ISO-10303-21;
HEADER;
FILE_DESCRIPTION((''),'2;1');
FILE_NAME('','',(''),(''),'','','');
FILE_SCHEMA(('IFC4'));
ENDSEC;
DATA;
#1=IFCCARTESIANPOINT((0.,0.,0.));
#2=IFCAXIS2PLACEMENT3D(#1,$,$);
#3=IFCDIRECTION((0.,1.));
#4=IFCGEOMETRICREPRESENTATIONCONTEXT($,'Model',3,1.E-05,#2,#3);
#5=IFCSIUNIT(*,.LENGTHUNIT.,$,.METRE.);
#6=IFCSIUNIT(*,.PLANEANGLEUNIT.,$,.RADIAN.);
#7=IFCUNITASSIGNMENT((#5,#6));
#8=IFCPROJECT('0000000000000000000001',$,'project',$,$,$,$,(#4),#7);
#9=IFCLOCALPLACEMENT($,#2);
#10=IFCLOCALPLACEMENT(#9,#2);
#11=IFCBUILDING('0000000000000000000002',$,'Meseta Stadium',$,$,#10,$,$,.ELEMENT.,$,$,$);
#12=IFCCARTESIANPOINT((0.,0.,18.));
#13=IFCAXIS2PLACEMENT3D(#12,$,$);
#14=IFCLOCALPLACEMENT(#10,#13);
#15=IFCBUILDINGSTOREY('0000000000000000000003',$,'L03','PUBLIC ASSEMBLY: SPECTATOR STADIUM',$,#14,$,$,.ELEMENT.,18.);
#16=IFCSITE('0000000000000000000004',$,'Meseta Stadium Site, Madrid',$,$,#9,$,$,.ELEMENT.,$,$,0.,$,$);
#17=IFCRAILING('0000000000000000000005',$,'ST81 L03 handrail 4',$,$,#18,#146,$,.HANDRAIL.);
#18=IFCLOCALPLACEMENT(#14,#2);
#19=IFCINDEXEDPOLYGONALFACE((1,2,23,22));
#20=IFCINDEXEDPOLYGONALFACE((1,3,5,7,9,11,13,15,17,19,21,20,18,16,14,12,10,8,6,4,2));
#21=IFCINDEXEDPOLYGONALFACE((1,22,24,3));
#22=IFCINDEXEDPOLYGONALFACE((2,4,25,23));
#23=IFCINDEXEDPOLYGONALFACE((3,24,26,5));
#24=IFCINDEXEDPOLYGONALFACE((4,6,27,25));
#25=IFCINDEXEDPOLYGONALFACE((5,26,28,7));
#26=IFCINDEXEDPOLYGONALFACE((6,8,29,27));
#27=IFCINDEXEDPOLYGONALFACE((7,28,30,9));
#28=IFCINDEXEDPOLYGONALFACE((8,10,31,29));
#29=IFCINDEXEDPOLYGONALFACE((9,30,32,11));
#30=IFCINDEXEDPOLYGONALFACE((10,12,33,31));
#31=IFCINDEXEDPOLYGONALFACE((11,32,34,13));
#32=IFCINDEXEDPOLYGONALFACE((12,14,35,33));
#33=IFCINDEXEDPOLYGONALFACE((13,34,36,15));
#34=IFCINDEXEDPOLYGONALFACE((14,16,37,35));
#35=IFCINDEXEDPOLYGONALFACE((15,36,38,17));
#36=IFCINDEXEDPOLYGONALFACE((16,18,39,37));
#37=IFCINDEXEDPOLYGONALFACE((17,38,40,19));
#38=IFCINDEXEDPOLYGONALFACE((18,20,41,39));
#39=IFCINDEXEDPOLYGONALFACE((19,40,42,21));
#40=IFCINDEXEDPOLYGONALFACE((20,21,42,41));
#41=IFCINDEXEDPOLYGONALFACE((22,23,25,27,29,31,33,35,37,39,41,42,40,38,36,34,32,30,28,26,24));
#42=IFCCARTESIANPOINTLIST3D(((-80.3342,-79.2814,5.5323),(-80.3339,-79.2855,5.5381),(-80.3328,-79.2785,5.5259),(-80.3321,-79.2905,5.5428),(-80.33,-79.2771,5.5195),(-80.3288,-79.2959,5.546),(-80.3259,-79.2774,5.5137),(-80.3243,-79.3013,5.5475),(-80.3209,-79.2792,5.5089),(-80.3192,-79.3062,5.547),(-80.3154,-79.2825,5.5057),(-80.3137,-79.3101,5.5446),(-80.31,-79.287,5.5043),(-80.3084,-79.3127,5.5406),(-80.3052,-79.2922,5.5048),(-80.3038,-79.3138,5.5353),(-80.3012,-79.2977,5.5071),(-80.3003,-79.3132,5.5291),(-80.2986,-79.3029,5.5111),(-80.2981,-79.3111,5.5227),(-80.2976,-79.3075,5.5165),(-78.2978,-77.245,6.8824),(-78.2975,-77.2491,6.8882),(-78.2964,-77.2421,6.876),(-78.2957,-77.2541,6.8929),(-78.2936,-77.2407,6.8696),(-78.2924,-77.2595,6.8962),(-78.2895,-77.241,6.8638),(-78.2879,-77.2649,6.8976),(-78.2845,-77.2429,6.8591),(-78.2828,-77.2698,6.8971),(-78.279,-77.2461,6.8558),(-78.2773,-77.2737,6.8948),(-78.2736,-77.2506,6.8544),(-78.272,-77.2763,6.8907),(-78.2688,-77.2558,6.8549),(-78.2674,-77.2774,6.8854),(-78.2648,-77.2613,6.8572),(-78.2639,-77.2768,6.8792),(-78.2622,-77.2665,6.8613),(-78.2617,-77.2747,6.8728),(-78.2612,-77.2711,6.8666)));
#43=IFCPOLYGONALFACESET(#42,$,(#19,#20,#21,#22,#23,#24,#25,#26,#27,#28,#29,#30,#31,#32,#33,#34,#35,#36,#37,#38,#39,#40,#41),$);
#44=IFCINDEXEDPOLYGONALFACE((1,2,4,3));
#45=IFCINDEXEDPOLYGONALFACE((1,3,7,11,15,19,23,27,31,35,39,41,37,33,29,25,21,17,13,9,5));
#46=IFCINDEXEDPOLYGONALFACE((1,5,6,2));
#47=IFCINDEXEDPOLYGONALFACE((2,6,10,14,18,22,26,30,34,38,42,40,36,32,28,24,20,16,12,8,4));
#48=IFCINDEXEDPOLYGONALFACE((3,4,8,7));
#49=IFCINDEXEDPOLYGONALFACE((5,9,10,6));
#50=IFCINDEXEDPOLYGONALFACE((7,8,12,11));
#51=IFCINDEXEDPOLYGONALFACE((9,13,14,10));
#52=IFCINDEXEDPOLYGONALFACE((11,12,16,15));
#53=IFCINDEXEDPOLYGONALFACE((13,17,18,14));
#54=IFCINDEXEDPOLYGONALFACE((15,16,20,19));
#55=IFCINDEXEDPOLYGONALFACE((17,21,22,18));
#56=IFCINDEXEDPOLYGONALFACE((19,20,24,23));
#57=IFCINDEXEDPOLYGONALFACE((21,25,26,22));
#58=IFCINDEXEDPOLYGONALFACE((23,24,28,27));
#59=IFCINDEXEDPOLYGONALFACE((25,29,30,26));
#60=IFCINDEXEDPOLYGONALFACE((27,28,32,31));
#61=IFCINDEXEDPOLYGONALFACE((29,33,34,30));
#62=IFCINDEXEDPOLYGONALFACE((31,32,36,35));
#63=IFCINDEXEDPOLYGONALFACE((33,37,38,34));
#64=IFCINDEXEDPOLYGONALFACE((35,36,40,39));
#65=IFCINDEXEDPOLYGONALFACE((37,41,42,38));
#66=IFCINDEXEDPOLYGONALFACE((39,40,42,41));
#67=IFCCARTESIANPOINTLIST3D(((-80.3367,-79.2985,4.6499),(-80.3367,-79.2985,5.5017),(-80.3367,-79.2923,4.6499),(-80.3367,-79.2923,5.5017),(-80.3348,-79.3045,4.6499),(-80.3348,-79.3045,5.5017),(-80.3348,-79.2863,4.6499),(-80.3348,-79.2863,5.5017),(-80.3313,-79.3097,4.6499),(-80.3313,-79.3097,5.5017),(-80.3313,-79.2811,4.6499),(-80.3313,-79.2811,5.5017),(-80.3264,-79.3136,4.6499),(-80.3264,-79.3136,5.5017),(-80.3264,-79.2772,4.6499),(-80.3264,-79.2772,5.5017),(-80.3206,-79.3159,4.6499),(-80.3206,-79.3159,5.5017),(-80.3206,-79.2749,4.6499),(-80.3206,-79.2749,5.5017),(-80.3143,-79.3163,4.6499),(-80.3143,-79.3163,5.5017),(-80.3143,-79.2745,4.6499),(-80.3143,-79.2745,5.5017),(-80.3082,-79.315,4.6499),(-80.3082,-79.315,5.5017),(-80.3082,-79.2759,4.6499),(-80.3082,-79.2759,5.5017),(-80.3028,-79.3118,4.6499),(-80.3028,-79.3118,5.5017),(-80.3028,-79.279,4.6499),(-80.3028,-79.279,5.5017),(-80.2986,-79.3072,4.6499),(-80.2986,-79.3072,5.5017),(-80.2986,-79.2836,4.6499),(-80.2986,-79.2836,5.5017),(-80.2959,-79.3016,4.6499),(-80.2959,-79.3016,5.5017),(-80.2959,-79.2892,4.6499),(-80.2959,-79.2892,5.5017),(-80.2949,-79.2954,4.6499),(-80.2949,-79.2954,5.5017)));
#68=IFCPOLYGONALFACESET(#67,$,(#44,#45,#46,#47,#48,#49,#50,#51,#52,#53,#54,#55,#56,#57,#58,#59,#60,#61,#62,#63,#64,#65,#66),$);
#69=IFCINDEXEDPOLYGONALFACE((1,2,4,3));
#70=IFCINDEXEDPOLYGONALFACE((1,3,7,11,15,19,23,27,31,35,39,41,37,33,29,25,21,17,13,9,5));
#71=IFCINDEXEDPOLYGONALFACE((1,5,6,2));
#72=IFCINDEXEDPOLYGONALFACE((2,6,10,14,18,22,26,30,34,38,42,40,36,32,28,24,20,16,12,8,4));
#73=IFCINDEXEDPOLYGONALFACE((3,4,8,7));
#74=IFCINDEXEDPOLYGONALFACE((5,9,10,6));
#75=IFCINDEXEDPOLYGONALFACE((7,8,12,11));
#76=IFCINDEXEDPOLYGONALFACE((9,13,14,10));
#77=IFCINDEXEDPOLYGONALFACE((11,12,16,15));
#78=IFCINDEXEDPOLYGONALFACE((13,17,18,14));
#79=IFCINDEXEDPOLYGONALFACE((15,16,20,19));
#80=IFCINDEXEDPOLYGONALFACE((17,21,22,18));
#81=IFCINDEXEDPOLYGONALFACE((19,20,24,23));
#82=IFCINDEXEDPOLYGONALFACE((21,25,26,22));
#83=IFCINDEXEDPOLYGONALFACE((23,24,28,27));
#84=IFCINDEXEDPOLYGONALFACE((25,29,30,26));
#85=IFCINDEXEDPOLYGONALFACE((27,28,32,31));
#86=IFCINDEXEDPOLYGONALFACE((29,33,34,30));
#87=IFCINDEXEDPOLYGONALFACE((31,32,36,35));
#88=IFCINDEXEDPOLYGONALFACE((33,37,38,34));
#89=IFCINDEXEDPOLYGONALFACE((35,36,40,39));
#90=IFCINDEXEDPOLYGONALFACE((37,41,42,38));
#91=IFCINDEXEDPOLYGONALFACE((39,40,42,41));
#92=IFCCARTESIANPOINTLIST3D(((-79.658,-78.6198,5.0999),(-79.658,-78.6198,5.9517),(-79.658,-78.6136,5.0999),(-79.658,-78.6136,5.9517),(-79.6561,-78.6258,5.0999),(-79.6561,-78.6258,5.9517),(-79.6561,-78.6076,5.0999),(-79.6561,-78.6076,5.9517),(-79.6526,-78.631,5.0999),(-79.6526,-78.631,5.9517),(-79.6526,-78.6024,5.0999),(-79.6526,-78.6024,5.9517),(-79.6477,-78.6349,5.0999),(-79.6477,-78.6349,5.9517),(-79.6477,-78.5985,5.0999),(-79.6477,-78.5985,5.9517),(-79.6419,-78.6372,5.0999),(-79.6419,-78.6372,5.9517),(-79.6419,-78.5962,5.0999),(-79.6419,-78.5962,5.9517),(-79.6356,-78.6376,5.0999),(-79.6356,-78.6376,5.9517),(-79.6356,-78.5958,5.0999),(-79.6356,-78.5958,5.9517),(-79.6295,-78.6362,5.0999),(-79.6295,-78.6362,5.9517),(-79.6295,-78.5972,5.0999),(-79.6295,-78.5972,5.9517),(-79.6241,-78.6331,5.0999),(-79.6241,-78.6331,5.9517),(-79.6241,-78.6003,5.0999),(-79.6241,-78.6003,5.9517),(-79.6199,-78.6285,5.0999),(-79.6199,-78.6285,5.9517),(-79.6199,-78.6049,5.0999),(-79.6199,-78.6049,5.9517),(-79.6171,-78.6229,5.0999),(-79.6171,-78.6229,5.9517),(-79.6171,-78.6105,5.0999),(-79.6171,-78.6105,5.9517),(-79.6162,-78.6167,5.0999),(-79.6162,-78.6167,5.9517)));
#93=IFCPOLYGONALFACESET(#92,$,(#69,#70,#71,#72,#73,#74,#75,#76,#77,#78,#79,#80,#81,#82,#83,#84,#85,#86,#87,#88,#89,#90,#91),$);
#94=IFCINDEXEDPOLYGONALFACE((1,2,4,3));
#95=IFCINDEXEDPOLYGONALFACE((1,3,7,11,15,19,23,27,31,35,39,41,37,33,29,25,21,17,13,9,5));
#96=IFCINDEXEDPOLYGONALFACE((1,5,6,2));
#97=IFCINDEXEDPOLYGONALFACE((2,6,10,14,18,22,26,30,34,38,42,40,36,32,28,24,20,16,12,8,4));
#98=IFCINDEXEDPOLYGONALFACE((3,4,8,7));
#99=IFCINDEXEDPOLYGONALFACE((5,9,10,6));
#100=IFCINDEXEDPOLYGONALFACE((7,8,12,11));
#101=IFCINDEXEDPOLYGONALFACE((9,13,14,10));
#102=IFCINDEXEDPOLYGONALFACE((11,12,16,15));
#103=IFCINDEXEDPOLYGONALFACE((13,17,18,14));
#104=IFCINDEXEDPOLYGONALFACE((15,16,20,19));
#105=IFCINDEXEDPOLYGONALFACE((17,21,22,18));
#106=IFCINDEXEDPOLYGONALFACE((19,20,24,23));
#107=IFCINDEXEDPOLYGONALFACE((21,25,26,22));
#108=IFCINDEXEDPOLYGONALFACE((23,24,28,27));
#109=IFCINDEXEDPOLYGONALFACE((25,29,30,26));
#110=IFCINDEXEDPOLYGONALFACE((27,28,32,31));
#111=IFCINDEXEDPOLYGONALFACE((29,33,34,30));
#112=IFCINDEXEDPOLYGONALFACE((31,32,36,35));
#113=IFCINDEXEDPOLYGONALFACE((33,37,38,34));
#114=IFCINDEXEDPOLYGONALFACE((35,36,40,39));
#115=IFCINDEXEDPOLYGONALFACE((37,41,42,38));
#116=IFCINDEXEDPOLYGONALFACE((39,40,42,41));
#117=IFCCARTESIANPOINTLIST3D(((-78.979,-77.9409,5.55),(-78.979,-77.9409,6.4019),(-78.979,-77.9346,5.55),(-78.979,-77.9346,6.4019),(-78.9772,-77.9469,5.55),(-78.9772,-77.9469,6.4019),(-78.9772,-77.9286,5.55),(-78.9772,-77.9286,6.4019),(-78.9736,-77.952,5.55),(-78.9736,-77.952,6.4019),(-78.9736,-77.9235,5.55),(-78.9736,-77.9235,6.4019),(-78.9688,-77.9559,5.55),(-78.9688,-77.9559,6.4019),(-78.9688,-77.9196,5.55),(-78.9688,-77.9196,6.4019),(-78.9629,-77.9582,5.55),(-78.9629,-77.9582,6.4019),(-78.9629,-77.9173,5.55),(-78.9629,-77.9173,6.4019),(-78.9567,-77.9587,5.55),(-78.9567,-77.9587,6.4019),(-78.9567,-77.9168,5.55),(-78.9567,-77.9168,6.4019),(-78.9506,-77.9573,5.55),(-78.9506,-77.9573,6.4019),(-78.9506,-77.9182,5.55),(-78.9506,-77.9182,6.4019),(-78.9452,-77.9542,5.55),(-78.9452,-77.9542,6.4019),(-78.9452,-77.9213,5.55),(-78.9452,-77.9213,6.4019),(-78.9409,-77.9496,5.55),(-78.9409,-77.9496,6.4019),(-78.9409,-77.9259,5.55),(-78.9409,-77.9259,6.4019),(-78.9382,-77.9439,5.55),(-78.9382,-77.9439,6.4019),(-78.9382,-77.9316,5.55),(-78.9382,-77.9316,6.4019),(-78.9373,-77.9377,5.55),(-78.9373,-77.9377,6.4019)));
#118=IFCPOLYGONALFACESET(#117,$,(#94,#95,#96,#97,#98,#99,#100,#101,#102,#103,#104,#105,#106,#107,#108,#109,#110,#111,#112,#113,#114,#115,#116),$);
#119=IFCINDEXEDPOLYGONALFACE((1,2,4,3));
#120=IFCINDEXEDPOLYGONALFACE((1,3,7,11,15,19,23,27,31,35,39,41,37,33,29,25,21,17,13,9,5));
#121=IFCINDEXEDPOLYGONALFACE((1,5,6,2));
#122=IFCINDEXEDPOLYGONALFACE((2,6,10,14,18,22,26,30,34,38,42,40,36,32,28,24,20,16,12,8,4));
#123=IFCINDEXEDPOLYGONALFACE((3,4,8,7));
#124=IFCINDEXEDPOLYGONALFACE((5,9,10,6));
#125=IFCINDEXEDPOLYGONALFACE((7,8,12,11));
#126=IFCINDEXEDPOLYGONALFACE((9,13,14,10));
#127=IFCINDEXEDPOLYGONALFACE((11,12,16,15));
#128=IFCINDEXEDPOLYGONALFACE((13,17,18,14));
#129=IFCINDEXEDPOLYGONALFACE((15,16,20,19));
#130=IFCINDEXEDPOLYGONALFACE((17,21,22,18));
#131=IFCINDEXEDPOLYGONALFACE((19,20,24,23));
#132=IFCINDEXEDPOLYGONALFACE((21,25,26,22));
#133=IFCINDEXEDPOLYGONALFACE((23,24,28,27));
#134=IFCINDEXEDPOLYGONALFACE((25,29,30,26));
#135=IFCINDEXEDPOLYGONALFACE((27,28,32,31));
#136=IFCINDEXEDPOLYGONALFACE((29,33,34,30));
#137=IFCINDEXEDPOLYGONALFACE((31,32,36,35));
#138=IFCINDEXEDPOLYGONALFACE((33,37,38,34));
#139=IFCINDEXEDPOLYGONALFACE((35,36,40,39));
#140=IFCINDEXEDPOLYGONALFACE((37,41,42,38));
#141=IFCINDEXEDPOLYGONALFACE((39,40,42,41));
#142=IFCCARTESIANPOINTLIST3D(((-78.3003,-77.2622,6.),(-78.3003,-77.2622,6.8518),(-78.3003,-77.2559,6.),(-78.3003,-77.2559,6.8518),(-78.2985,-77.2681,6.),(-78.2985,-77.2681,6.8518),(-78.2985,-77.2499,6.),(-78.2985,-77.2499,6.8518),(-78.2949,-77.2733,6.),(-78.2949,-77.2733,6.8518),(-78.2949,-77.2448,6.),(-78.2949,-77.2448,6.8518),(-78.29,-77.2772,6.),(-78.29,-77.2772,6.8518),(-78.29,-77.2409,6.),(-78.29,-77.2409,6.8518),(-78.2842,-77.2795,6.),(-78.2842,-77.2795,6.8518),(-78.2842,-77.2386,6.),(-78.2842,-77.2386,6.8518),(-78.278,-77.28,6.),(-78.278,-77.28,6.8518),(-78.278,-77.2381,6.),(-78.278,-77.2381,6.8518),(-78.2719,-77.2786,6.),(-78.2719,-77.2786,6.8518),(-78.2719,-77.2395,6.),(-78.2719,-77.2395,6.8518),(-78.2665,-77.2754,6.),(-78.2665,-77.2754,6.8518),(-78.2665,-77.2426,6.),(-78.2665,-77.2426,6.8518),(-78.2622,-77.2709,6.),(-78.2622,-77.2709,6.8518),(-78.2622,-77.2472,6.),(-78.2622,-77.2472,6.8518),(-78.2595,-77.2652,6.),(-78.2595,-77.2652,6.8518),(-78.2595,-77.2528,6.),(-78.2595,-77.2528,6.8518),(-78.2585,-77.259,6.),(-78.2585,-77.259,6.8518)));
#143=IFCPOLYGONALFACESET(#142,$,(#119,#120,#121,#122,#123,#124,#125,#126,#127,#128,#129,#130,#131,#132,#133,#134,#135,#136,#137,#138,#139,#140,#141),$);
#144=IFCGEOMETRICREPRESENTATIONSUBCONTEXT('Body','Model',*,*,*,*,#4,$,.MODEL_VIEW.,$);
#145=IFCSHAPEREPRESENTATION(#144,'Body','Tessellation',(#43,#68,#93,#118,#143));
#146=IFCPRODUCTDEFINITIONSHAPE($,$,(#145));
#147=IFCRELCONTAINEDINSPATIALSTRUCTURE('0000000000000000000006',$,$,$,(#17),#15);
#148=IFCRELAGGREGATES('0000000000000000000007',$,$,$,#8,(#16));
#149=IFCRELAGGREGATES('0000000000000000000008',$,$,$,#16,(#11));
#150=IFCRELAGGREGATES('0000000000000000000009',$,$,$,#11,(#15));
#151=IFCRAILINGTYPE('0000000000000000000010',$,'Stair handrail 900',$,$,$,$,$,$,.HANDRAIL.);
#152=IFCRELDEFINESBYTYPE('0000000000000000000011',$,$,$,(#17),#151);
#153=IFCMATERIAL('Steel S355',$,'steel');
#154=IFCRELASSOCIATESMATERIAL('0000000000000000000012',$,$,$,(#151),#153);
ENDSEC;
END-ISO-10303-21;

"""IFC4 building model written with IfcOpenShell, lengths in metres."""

from ifc_helpers import new_model, si_unit, direction, frame, origin, origin_2d, place, context, subcontext, project, spatial, circle, extrude, material, type_object, element, save


model = new_model("IFC4")

# Units and contexts
model_context = context("Model", 3, precision=1e-05, world=origin(), true_north=direction((0.0, 1.0)))
body_context = subcontext(model_context, "Body", "Model", "MODEL_VIEW")
ifc_project = project(units=[si_unit("LENGTHUNIT", "METRE"), si_unit("PLANEANGLEUNIT", "RADIAN")], contexts=[model_context])

# Site, building, storey
site_placement = place(None, origin())
site = spatial("IfcSite", under=ifc_project, at=site_placement, Name="Meseta Stadium Site, Madrid", CompositionType="ELEMENT", RefElevation=0.0)
building_placement = place(site_placement, origin())
building = spatial("IfcBuilding", under=site, at=building_placement, Name="Meseta Stadium", CompositionType="ELEMENT")
storey_placement = place(building_placement, frame((0.0, 0.0, 18.0)))
storey = spatial("IfcBuildingStorey", under=building, at=storey_placement, Name="L03", Description="PUBLIC ASSEMBLY: SPECTATOR STADIUM", CompositionType="ELEMENT", Elevation=18.0)

# Railing
ifc_material_1 = material(Name="Steel S355", Category="steel")
railing_type_1 = type_object("IfcRailingType", Name="Stair handrail 900", PredefinedType="HANDRAIL", material=ifc_material_1)
for number, where, name in (
    (1, (-80.3159, -79.2954, 4.6499), "ST81 L03 handrail 4"),
):
    element("IfcRailing", number, at=place(storey_placement, frame(where)), inside=storey, type_object=railing_type_1, Name=name, PredefinedType="HANDRAIL", context=body_context, shape_type="SweptSolid", body=[
        extrude(circle(Radius=0.0239, at=origin_2d()), frame((0.0, 0.0, 0.876), z_axis=(0.640243, 0.640243, 0.424475), x_axis=(-0.707107, 0.707107, 0.0)), (0.0, 0.0, 1.0), 3.1807),
        extrude(circle(Radius=0.021, at=origin_2d()), origin(), (0.0, 0.0, 1.0), 0.8518),
        extrude(circle(Radius=0.021, at=origin_2d()), frame((0.6787, 0.6787, 0.45)), (0.0, 0.0, 1.0), 0.8518),
        extrude(circle(Radius=0.021, at=origin_2d()), frame((1.3577, 1.3577, 0.9001)), (0.0, 0.0, 1.0), 0.8518),
        extrude(circle(Radius=0.021, at=origin_2d()), frame((2.0364, 2.0364, 1.3501)), (0.0, 0.0, 1.0), 0.8518),
    ])

save(model, "model.ifc")
